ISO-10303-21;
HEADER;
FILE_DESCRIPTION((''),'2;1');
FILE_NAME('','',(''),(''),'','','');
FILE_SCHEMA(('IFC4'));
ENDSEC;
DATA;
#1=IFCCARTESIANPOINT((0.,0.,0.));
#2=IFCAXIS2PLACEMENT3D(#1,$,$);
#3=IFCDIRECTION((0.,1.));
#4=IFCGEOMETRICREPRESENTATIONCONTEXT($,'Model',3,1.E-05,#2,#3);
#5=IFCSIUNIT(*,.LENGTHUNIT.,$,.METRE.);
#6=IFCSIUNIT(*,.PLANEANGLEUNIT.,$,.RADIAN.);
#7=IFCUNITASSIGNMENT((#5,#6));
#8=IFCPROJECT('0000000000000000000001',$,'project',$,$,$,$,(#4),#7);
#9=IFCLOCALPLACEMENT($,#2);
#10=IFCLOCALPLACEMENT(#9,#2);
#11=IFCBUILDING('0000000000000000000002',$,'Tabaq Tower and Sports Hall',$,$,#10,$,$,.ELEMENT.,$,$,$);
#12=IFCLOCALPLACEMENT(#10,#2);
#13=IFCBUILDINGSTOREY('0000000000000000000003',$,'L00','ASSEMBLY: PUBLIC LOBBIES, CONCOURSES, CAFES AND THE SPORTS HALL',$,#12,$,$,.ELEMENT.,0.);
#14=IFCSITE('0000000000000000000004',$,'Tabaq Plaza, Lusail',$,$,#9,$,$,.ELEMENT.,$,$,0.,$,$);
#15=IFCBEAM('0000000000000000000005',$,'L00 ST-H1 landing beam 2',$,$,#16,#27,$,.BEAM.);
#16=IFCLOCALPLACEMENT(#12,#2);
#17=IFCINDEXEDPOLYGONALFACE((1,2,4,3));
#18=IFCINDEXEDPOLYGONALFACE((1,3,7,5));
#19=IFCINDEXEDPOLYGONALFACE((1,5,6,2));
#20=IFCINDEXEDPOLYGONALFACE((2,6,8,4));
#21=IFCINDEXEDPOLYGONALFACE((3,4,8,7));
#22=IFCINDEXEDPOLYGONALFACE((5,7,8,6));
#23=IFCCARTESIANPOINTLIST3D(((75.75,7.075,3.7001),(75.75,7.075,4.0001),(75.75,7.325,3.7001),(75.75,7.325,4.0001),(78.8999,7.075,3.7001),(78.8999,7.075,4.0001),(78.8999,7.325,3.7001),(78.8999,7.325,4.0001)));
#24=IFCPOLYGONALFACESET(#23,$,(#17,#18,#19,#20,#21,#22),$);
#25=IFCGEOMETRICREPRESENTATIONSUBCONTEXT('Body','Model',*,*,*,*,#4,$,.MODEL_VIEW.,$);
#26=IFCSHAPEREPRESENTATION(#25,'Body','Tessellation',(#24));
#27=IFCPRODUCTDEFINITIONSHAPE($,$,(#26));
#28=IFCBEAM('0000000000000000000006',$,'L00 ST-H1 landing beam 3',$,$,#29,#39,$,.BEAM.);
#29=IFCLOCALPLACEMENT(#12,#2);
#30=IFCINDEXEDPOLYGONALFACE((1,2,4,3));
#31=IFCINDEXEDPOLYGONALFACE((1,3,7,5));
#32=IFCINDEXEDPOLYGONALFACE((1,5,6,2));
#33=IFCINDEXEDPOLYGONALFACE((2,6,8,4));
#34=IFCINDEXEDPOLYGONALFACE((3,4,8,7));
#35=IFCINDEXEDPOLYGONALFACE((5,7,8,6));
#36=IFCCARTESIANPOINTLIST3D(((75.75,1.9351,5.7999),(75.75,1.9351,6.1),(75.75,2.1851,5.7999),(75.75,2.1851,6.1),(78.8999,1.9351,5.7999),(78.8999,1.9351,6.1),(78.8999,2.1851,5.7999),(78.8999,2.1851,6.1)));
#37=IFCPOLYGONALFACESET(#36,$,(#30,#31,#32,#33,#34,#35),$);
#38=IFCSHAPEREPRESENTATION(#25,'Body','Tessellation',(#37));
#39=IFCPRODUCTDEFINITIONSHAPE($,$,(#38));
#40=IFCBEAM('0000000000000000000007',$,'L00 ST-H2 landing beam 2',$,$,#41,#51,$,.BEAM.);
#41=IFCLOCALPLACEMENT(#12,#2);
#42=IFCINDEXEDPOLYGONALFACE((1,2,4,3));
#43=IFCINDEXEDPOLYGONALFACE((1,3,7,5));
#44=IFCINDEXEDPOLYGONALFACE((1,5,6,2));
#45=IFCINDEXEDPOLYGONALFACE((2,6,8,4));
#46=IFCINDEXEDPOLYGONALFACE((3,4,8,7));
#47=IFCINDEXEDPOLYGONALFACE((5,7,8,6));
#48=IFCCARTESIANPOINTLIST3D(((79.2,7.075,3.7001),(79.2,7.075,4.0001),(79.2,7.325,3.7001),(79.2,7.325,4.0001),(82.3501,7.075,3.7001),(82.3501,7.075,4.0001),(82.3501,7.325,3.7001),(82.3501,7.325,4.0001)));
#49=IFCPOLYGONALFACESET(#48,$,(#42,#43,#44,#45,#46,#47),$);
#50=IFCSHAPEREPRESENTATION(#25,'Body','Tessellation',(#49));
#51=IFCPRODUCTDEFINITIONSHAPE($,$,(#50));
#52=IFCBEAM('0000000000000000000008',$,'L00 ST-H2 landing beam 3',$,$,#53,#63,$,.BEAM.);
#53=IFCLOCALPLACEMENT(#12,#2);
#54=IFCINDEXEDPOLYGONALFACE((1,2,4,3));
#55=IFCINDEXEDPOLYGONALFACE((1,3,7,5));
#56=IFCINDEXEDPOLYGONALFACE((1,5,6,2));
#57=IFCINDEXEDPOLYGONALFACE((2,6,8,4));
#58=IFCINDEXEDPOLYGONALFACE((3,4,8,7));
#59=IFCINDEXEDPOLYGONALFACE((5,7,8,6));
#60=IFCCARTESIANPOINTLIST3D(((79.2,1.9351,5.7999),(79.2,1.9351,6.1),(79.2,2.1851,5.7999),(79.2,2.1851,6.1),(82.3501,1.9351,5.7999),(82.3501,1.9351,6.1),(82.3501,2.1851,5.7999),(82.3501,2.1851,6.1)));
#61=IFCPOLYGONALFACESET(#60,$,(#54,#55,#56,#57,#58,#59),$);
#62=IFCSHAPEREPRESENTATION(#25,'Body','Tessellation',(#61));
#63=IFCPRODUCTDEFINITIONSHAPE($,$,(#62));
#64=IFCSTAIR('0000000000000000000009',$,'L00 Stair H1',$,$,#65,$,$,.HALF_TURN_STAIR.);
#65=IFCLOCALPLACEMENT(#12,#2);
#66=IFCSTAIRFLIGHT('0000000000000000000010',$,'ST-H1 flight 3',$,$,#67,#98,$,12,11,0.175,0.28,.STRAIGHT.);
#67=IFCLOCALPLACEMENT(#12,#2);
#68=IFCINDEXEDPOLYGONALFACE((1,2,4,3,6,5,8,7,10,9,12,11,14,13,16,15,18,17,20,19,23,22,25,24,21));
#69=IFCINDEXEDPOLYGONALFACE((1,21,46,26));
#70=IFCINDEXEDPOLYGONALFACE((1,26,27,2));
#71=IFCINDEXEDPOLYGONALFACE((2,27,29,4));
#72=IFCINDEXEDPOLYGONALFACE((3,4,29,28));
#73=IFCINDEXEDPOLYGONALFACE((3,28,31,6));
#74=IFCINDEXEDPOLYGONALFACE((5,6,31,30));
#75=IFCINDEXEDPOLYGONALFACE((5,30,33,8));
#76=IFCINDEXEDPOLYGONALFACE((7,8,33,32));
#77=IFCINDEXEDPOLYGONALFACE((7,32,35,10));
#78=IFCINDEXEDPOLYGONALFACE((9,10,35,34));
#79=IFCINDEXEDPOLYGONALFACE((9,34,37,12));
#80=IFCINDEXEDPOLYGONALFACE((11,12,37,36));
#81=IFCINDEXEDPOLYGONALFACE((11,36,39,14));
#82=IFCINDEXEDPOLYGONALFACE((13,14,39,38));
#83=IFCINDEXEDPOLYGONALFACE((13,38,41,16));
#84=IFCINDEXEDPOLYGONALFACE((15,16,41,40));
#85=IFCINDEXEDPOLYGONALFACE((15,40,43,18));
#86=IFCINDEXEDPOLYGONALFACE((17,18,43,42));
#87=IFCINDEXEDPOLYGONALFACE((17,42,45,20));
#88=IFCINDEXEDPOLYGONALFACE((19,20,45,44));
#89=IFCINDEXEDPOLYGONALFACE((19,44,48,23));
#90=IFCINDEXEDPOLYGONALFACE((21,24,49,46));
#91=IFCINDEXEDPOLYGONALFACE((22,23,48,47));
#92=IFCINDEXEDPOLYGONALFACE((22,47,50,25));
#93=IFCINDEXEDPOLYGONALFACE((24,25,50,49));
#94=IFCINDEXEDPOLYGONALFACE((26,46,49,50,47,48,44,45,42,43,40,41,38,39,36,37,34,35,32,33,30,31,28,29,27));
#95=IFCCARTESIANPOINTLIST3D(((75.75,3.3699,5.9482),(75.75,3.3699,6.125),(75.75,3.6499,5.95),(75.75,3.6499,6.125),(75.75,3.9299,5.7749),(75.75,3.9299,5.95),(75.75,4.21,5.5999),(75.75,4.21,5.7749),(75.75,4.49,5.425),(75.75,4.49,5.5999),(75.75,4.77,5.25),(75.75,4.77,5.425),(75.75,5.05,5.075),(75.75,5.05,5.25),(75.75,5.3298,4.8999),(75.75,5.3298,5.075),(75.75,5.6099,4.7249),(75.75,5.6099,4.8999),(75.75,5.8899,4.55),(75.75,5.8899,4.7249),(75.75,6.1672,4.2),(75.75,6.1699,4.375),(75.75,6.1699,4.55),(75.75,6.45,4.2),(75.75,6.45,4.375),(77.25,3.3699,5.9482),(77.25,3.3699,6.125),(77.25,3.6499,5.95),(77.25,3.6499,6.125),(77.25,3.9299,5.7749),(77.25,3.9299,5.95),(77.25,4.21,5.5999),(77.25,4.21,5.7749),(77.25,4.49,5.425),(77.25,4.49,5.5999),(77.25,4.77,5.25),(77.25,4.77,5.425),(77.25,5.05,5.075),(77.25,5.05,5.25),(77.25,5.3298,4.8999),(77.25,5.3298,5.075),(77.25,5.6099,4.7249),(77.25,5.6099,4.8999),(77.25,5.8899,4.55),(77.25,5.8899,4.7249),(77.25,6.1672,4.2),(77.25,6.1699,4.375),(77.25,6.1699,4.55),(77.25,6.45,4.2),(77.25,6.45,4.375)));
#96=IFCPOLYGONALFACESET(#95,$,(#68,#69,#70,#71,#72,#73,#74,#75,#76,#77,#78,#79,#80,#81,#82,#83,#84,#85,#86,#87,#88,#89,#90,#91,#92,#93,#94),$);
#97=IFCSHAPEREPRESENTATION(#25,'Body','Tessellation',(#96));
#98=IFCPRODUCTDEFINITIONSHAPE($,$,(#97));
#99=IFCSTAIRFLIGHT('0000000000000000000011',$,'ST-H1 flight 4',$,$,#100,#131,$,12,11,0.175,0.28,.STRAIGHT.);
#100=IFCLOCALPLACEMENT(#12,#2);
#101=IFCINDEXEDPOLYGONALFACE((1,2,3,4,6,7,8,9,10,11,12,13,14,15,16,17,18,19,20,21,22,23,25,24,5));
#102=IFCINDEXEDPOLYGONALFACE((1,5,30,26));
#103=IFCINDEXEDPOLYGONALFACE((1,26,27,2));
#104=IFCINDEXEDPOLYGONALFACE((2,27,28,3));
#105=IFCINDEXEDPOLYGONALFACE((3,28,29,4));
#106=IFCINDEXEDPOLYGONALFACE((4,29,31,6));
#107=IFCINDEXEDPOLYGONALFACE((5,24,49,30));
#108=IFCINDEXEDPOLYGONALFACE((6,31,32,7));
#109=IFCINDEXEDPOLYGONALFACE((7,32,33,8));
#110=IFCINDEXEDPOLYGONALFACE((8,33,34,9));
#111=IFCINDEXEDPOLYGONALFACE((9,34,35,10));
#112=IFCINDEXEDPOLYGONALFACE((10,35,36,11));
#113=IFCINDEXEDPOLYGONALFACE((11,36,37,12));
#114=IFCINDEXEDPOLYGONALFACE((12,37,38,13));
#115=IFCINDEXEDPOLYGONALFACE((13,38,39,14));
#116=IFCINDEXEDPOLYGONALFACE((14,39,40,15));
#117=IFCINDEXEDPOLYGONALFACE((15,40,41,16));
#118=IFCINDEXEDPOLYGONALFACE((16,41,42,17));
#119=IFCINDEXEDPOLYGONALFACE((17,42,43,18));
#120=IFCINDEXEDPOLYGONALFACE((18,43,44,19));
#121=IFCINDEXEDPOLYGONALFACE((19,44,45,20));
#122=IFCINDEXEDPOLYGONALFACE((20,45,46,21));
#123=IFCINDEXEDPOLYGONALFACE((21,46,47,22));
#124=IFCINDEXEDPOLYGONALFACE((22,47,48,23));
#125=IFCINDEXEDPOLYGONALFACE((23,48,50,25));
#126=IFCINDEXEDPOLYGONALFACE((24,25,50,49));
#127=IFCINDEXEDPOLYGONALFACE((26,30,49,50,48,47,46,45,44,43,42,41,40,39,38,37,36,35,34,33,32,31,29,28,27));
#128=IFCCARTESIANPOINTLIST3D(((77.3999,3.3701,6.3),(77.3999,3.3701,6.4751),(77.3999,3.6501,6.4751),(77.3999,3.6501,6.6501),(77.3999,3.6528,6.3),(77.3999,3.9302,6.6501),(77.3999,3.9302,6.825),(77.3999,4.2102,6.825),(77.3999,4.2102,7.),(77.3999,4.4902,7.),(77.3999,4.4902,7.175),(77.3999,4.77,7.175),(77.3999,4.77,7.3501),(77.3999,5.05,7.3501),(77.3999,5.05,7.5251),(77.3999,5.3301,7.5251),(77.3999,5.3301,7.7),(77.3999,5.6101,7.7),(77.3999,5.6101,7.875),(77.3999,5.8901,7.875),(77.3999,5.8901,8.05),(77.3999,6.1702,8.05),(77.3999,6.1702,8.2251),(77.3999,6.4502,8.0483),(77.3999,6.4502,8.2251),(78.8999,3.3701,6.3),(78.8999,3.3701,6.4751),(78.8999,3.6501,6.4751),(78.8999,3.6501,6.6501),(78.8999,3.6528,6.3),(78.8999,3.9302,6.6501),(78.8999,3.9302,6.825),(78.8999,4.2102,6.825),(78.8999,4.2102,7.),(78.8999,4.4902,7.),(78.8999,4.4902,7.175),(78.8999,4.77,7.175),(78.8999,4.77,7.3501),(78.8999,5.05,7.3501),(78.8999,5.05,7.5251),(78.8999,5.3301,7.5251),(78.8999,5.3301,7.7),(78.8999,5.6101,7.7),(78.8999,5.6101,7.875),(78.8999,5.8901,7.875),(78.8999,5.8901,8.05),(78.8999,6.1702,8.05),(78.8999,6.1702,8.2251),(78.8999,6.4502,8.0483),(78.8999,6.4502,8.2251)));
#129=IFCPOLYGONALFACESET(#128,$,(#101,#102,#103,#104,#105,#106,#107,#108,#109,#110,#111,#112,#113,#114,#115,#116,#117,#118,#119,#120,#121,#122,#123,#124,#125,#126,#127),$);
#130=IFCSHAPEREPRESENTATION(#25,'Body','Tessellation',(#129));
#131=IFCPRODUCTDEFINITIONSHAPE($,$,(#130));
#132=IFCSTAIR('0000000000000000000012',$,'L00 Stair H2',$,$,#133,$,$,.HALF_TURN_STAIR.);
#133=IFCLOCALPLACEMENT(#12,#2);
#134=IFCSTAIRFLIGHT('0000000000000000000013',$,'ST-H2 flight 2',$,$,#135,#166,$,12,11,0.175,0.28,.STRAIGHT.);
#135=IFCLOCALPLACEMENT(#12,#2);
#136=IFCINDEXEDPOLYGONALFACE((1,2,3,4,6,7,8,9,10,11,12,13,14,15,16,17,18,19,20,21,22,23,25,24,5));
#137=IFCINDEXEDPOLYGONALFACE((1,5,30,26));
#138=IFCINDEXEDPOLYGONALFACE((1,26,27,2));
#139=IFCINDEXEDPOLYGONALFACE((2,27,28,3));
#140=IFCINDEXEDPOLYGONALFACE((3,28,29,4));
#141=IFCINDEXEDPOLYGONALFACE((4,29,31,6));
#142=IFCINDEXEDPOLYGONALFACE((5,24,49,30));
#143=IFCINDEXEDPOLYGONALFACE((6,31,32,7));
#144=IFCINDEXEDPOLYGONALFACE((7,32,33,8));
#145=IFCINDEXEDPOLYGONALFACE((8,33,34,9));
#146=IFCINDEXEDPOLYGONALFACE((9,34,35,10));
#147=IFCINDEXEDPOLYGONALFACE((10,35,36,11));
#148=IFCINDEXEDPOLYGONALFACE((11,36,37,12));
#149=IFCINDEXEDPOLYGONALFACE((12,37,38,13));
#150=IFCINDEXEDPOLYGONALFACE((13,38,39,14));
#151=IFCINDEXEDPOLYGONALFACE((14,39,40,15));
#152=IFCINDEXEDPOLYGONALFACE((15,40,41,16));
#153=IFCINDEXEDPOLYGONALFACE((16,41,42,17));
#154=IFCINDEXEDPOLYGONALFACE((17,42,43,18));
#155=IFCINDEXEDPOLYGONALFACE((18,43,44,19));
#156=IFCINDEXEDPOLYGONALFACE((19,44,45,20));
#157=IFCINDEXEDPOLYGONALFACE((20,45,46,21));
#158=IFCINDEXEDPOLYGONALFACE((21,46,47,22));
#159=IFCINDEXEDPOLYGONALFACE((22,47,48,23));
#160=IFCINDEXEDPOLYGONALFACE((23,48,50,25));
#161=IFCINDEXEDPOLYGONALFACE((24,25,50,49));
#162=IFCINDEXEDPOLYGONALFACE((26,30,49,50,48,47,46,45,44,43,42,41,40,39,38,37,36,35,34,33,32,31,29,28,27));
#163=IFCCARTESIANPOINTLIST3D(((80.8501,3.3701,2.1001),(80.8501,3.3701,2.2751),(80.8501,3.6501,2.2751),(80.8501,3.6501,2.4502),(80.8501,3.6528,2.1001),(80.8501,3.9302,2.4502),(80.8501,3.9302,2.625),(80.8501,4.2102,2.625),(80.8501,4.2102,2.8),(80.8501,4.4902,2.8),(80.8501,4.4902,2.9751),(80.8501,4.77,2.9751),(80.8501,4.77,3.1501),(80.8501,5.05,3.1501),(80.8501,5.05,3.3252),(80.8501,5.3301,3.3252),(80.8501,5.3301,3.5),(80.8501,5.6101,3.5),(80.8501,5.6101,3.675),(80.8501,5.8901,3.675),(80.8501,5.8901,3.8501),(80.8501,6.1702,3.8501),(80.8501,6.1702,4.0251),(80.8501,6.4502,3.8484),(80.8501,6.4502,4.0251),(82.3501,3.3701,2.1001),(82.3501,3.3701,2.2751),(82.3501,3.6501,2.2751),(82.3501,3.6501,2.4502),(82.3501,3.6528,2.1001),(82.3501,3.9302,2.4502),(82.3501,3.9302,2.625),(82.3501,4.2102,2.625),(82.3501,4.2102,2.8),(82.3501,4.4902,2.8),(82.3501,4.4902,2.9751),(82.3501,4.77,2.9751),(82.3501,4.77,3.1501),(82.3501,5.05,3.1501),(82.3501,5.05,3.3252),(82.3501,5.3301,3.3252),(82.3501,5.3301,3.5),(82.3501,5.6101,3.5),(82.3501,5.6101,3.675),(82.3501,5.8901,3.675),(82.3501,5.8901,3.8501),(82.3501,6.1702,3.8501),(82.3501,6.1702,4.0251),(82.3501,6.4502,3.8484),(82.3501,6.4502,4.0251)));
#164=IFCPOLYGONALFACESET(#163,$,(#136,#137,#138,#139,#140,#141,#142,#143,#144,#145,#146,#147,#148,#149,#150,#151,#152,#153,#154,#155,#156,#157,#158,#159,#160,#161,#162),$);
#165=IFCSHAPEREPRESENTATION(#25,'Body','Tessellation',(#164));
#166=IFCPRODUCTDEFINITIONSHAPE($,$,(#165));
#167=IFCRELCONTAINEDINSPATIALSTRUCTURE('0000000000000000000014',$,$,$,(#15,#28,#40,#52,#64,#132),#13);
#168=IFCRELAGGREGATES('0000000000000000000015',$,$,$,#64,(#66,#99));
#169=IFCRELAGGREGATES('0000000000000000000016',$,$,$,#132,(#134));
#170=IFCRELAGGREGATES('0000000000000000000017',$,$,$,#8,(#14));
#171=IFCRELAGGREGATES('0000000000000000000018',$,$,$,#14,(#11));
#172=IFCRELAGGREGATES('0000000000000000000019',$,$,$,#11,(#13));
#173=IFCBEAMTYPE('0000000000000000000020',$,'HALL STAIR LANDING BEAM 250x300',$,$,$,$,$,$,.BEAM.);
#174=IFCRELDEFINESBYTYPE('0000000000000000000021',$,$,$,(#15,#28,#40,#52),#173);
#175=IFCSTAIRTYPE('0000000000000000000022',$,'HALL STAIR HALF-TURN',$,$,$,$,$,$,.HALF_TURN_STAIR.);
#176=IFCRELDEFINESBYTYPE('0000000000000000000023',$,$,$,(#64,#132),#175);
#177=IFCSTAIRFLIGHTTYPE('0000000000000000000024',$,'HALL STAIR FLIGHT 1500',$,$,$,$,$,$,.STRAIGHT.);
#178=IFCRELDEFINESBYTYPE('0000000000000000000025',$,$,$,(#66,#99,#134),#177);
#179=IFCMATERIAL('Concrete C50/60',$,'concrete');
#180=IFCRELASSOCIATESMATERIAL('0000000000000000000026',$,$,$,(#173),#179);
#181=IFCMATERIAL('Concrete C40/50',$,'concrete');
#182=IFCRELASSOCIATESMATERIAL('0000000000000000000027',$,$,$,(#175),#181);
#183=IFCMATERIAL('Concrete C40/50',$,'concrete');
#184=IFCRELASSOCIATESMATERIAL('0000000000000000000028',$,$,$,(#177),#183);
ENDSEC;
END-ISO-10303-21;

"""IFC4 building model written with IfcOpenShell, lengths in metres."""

from ifc_helpers import new_model, si_unit, direction, frame, origin, origin_2d, place, context, subcontext, project, spatial, polyline, rectangle, outline, extrude, material, material_profile, profile_set, type_object, element, aggregate, save


model = new_model("IFC4")

# Units and contexts
model_context = context("Model", 3, precision=1e-05, world=origin(), true_north=direction((0.0, 1.0)))
body_context = subcontext(model_context, "Body", "Model", "MODEL_VIEW")
ifc_project = project(units=[si_unit("LENGTHUNIT", "METRE"), si_unit("PLANEANGLEUNIT", "RADIAN")], contexts=[model_context])

# Site, building, storey
site_placement = place(None, origin())
site = spatial("IfcSite", under=ifc_project, at=site_placement, Name="Tabaq Plaza, Lusail", CompositionType="ELEMENT", RefElevation=0.0)
building_placement = place(site_placement, origin())
building = spatial("IfcBuilding", under=site, at=building_placement, Name="Tabaq Tower and Sports Hall", CompositionType="ELEMENT")
storey_placement = place(building_placement, origin())
storey = spatial("IfcBuildingStorey", under=building, at=storey_placement, Name="L00", Description="ASSEMBLY: PUBLIC LOBBIES, CONCOURSES, CAFES AND THE SPORTS HALL", CompositionType="ELEMENT", Elevation=0.0)

# Beams
ifc_material_1 = material(Name="Concrete C50/60", Category="concrete")
ifc_material_profile = material_profile(ifc_material_1, rectangle(XDim=0.25, YDim=0.3, at=origin_2d()), Name="RC 250x300")
ifc_profile_set = profile_set([ifc_material_profile], Name="Concrete C50/60")
beam_type = type_object("IfcBeamType", Name="HALL STAIR LANDING BEAM 250x300", PredefinedType="BEAM", material=ifc_profile_set)
for number, where, z_axis, x_axis, name in (
    (1, (75.75, 7.2, 3.8501), (1.0, 0.0, 0.0), (0.0, 1.0, 0.0), "L00 ST-H1 landing beam 2"),
    (2, (75.75, 2.0601, 5.95), (1.0, 0.0, 0.0), (0.0, 1.0, 0.0), "L00 ST-H1 landing beam 3"),
):
    element("IfcBeam", number, at=place(storey_placement, frame(where, z_axis=z_axis, x_axis=x_axis)), inside=storey, type_object=beam_type, Name=name, PredefinedType="BEAM", context=body_context, shape_type="SweptSolid", body=[
        extrude(rectangle(XDim=0.25, YDim=0.3, at=origin_2d()), origin(), (0.0, 0.0, 1.0), 3.1499),
    ])
for number, where, z_axis, x_axis, name in (
    (3, (79.2, 7.2, 3.8501), (1.0, 0.0, 0.0), (0.0, 1.0, 0.0), "L00 ST-H2 landing beam 2"),
    (4, (79.2, 2.0601, 5.95), (1.0, 0.0, 0.0), (0.0, 1.0, 0.0), "L00 ST-H2 landing beam 3"),
):
    element("IfcBeam", number, at=place(storey_placement, frame(where, z_axis=z_axis, x_axis=x_axis)), inside=storey, type_object=beam_type, Name=name, PredefinedType="BEAM", context=body_context, shape_type="SweptSolid", body=[
        extrude(rectangle(XDim=0.25, YDim=0.3, at=origin_2d()), origin(), (0.0, 0.0, 1.0), 3.1501),
    ])

# Stairs, stair flights
ifc_material_2 = material(Name="Concrete C40/50", Category="concrete")
stair_type = type_object("IfcStairType", Name="HALL STAIR HALF-TURN", PredefinedType="HALF_TURN_STAIR", material=ifc_material_2)
stair_1_placement = place(storey_placement, origin())
stair_1 = element("IfcStair", 5, at=stair_1_placement, inside=storey, type_object=stair_type, Name="L00 Stair H1", PredefinedType="HALF_TURN_STAIR")
ifc_material_3 = material(Name="Concrete C40/50", Category="concrete")
stair_flight_type = type_object("IfcStairFlightType", Name="HALL STAIR FLIGHT 1500", PredefinedType="STRAIGHT", material=ifc_material_3)
stair_flight_1_placement = place(storey_placement, frame((76.5, 6.45, 4.2), z_axis=(0.0, 0.0, 1.0), x_axis=(0.0, -1.0, 0.0)))
stair_flight_1 = element("IfcStairFlight", 6, at=stair_flight_1_placement, type_object=stair_flight_type, Name="ST-H1 flight 3", NumberOfRisers=12, NumberOfTreads=11, PredefinedType="STRAIGHT", RiserHeight=0.175, TreadLength=0.28, context=body_context, shape_type="SweptSolid", body=[
    extrude(outline(polyline([(0.0, 0.0), (0.0, 0.175), (0.28, 0.175), (0.28, 0.3501), (0.5601, 0.3501), (0.5601, 0.5249), (0.8401, 0.5249), (0.8401, 0.7), (1.1201, 0.7), (1.1201, 0.875), (1.3999, 0.875), (1.3999, 1.05), (1.6799, 1.05), (1.6799, 1.2251), (1.96, 1.2251), (1.96, 1.3999), (2.24, 1.3999), (2.24, 1.575), (2.52, 1.575), (2.52, 1.75), (2.8, 1.75), (2.8, 1.925), (3.0801, 1.925), (3.0801, 2.1001), (3.0801, 1.7483), (0.2827, 0.0), (0.0, 0.0)])), frame((0.0, 0.75, 0.0), z_axis=(0.0, -1.0, 0.0), x_axis=(1.0, 0.0, 0.0)), (0.0, 0.0, 1.0), 1.5),
])
stair_flight_2_placement = place(storey_placement, frame((78.1499, 3.3701, 6.3), z_axis=(0.0, 0.0, 1.0), x_axis=(0.0, 1.0, 0.0)))
stair_flight_2 = element("IfcStairFlight", 7, at=stair_flight_2_placement, type_object=stair_flight_type, Name="ST-H1 flight 4", NumberOfRisers=12, NumberOfTreads=11, PredefinedType="STRAIGHT", RiserHeight=0.175, TreadLength=0.28, context=body_context, shape_type="SweptSolid", body=[
    extrude(outline(polyline([(0.0, 0.0), (0.0, 0.175), (0.28, 0.175), (0.28, 0.3501), (0.5601, 0.3501), (0.5601, 0.5249), (0.8401, 0.5249), (0.8401, 0.7), (1.1201, 0.7), (1.1201, 0.875), (1.3999, 0.875), (1.3999, 1.05), (1.6799, 1.05), (1.6799, 1.2251), (1.96, 1.2251), (1.96, 1.3999), (2.24, 1.3999), (2.24, 1.575), (2.52, 1.575), (2.52, 1.75), (2.8, 1.75), (2.8, 1.925), (3.0801, 1.925), (3.0801, 2.1001), (3.0801, 1.7483), (0.2827, 0.0), (0.0, 0.0)])), frame((0.0, 0.75, 0.0), z_axis=(0.0, -1.0, 0.0), x_axis=(1.0, 0.0, 0.0)), (0.0, 0.0, 1.0), 1.5),
])
aggregate(stair_1, [stair_flight_1, stair_flight_2])
stair_2_placement = place(storey_placement, origin())
stair_2 = element("IfcStair", 8, at=stair_2_placement, inside=storey, type_object=stair_type, Name="L00 Stair H2", PredefinedType="HALF_TURN_STAIR")
stair_flight_3_placement = place(storey_placement, frame((81.6001, 3.3701, 2.1001), z_axis=(0.0, 0.0, 1.0), x_axis=(0.0, 1.0, 0.0)))
stair_flight_3 = element("IfcStairFlight", 9, at=stair_flight_3_placement, type_object=stair_flight_type, Name="ST-H2 flight 2", NumberOfRisers=12, NumberOfTreads=11, PredefinedType="STRAIGHT", RiserHeight=0.175, TreadLength=0.28, context=body_context, shape_type="SweptSolid", body=[
    extrude(outline(polyline([(0.0, 0.0), (0.0, 0.175), (0.28, 0.175), (0.28, 0.3501), (0.5601, 0.3501), (0.5601, 0.5249), (0.8401, 0.5249), (0.8401, 0.7), (1.1201, 0.7), (1.1201, 0.875), (1.3999, 0.875), (1.3999, 1.05), (1.6799, 1.05), (1.6799, 1.2251), (1.96, 1.2251), (1.96, 1.3999), (2.24, 1.3999), (2.24, 1.575), (2.52, 1.575), (2.52, 1.75), (2.8, 1.75), (2.8, 1.925), (3.0801, 1.925), (3.0801, 2.1001), (3.0801, 1.7483), (0.2827, 0.0), (0.0, 0.0)])), frame((0.0, 0.75, 0.0), z_axis=(0.0, -1.0, 0.0), x_axis=(1.0, 0.0, 0.0)), (0.0, 0.0, 1.0), 1.5),
])
aggregate(stair_2, [stair_flight_3])

save(model, "model.ifc")
